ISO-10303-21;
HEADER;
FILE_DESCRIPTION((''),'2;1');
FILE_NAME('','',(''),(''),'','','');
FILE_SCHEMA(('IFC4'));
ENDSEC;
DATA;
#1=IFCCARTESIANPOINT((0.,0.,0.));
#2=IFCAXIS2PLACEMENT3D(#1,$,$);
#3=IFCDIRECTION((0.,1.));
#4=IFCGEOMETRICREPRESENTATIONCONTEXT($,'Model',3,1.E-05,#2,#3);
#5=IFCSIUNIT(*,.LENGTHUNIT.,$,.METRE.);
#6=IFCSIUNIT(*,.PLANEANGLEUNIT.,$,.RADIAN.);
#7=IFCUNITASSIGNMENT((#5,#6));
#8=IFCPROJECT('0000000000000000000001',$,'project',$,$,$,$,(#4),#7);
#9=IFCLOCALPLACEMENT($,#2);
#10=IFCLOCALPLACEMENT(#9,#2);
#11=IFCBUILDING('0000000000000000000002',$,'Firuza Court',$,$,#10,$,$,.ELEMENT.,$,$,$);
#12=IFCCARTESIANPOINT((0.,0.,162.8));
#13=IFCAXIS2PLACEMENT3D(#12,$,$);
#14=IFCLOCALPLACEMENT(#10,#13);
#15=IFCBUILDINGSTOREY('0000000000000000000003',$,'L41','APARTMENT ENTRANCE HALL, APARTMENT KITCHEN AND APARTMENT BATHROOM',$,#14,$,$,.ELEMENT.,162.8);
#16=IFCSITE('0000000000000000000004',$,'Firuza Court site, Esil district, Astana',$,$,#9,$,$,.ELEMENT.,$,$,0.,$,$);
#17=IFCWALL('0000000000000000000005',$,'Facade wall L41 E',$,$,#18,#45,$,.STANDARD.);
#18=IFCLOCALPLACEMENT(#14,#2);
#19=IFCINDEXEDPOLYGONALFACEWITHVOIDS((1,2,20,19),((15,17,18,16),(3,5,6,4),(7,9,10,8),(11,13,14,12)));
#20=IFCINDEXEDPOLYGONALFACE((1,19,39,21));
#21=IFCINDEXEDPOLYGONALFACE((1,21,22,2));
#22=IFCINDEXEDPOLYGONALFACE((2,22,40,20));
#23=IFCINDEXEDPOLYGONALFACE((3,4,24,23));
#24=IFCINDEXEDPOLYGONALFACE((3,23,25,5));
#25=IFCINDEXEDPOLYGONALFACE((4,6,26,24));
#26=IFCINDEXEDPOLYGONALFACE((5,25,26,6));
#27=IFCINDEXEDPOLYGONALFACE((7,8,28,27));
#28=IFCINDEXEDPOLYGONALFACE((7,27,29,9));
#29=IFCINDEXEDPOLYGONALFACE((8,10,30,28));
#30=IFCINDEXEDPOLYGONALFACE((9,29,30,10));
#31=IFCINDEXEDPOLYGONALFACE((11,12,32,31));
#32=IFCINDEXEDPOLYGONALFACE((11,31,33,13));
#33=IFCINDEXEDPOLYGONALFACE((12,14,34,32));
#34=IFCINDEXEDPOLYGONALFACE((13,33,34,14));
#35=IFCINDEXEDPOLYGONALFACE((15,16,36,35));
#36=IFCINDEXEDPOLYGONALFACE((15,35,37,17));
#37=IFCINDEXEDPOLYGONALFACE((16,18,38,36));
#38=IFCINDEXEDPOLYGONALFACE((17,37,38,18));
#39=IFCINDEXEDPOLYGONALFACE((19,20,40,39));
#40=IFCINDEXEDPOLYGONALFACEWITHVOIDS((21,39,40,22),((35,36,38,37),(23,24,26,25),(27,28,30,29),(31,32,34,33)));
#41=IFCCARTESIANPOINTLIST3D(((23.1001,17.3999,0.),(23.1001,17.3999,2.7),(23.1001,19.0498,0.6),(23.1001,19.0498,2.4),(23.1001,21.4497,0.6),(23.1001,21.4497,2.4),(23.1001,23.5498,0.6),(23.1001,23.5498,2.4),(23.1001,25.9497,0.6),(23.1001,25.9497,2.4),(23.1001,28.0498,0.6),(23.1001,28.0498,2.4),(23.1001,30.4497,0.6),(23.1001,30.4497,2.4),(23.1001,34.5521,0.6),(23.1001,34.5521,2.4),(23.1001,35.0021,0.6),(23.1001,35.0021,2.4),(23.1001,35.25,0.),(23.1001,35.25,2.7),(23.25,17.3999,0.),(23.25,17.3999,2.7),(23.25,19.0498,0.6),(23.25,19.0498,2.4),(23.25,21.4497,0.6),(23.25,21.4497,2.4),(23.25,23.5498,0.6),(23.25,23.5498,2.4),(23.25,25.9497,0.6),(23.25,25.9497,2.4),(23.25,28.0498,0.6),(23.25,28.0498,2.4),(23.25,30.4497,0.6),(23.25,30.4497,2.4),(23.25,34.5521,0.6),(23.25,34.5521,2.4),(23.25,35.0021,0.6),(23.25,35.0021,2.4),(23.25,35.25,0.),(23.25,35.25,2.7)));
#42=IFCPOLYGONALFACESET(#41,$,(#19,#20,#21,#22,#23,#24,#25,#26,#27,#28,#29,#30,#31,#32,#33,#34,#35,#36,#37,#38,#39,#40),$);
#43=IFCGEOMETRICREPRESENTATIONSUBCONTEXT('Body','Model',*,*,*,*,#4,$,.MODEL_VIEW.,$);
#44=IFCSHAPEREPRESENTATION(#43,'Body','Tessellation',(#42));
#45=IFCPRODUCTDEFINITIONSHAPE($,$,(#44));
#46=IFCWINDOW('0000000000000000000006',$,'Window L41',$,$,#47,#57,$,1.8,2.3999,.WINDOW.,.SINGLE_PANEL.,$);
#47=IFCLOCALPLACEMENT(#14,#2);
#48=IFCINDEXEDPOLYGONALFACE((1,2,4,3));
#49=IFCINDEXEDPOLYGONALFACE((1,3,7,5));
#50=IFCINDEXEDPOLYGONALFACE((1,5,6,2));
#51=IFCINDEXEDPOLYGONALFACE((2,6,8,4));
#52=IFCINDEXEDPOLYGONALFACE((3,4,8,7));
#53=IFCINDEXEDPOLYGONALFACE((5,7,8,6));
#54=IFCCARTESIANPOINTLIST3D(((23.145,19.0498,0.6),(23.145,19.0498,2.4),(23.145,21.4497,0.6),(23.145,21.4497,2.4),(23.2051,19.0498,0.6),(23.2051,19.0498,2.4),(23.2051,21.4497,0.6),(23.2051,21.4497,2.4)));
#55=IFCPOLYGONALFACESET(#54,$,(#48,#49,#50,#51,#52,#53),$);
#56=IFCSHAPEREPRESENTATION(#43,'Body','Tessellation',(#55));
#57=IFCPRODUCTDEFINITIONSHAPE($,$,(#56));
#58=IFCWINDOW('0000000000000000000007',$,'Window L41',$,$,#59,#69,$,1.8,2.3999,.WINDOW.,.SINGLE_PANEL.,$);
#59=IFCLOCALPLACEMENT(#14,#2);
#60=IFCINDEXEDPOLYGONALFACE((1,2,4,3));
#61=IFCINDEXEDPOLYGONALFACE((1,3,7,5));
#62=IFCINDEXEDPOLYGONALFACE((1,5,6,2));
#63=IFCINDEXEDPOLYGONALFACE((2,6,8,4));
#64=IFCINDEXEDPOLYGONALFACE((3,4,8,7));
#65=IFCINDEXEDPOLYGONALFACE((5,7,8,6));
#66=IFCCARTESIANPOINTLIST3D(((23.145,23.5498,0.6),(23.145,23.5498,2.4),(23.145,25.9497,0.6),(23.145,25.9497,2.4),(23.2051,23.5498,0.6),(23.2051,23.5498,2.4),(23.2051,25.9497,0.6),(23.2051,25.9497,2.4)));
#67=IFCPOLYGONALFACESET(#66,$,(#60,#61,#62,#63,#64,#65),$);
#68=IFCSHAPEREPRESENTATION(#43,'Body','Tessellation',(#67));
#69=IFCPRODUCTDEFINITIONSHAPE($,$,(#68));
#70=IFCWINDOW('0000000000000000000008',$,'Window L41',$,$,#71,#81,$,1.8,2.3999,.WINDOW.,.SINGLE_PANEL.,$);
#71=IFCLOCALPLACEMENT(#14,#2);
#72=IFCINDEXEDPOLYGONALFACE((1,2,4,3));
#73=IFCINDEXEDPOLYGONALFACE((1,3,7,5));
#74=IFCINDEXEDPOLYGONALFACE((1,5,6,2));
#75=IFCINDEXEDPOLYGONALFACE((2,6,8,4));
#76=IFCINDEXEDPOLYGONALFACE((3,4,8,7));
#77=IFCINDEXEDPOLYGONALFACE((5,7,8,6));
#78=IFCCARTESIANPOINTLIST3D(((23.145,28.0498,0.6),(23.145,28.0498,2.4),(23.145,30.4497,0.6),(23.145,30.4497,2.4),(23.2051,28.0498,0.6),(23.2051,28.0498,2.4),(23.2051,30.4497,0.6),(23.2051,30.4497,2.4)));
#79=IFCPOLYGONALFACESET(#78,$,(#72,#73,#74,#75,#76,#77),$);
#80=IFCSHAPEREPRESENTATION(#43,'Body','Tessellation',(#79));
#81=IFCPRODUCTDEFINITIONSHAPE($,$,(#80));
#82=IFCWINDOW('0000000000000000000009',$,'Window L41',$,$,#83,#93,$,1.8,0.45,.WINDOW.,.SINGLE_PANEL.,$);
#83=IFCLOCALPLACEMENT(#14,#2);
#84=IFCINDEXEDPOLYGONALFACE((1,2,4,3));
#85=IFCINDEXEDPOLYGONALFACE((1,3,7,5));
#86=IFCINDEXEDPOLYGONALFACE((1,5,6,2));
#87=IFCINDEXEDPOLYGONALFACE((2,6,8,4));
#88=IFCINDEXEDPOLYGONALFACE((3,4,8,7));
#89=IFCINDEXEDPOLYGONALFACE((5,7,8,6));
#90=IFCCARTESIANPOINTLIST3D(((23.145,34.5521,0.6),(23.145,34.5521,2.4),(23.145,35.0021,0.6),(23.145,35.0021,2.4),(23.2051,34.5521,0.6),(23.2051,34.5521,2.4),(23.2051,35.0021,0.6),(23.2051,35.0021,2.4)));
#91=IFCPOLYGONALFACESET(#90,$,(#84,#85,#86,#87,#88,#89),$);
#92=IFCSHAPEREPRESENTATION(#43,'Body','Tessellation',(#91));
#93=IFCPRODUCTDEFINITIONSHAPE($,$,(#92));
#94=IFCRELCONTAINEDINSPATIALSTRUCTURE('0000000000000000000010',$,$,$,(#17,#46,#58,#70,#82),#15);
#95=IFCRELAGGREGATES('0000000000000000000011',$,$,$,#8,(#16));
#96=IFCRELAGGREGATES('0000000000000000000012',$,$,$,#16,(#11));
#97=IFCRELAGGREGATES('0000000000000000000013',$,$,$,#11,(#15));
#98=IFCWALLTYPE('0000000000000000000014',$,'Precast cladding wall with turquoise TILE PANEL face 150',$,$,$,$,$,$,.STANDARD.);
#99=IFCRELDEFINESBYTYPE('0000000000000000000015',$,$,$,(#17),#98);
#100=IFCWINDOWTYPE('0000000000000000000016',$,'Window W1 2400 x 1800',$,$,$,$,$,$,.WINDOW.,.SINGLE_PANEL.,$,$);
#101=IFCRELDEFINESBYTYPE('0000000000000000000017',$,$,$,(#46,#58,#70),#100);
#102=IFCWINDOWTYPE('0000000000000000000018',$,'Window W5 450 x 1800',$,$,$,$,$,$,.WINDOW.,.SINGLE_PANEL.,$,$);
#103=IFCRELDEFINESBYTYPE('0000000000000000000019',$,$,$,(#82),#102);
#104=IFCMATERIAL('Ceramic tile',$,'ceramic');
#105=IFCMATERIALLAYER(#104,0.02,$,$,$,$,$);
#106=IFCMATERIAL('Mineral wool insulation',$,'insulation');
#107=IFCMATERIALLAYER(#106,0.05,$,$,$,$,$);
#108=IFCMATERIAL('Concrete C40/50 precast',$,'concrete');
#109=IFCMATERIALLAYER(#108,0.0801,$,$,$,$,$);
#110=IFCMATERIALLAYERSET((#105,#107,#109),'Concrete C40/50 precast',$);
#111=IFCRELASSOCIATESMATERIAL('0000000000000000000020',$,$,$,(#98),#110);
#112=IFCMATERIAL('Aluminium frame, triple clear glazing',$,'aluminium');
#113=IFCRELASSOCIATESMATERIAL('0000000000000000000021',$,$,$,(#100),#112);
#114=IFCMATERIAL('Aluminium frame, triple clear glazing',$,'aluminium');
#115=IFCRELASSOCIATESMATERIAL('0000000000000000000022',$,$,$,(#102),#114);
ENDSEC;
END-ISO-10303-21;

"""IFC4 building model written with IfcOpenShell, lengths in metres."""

from ifc_helpers import new_model, si_unit, direction, frame, frame_2d, origin, place, context, subcontext, project, spatial, rectangle, extrude, material, layer, layer_set, type_object, element, fill, save


model = new_model("IFC4")

# Units and contexts
model_context = context("Model", 3, precision=1e-05, world=origin(), true_north=direction((0.0, 1.0)))
body_context = subcontext(model_context, "Body", "Model", "MODEL_VIEW")
ifc_project = project(units=[si_unit("LENGTHUNIT", "METRE"), si_unit("PLANEANGLEUNIT", "RADIAN")], contexts=[model_context])

# Site, building, storey
site_placement = place(None, origin())
site = spatial("IfcSite", under=ifc_project, at=site_placement, Name="Firuza Court site, Esil district, Astana", CompositionType="ELEMENT", RefElevation=0.0)
building_placement = place(site_placement, origin())
building = spatial("IfcBuilding", under=site, at=building_placement, Name="Firuza Court", CompositionType="ELEMENT")
storey_placement = place(building_placement, frame((0.0, 0.0, 162.8)))
storey = spatial("IfcBuildingStorey", under=building, at=storey_placement, Name="L41", Description="APARTMENT ENTRANCE HALL, APARTMENT KITCHEN AND APARTMENT BATHROOM", CompositionType="ELEMENT", Elevation=162.8)

# Shared definitions
ifc_material_1 = material(Name="Ceramic tile", Category="ceramic")
ifc_layer_1 = layer(ifc_material_1, 0.02)
ifc_material_2 = material(Name="Mineral wool insulation", Category="insulation")
ifc_layer_2 = layer(ifc_material_2, 0.05)
ifc_material_3 = material(Name="Concrete C40/50 precast", Category="concrete")
ifc_layer_3 = layer(ifc_material_3, 0.0801)
ifc_layer_set_1 = layer_set([ifc_layer_1, ifc_layer_2, ifc_layer_3], Name="Concrete C40/50 precast")
wall_type_1 = type_object("IfcWallType", Name="Precast cladding wall with turquoise TILE PANEL face 150", PredefinedType="STANDARD", material=ifc_layer_set_1)
ifc_material_4 = material(Name="Aluminium frame, triple clear glazing", Category="aluminium")
window_type_1 = type_object("IfcWindowType", Name="Window W1 2400 x 1800", PartitioningType="SINGLE_PANEL", PredefinedType="WINDOW", material=ifc_material_4)

# Wall, openings, windows
wall_1_placement = place(storey_placement, frame((23.175, 17.3999, 0.0), z_axis=(0.0, 0.0, 1.0), x_axis=(0.0, 1.0, 0.0)))
wall_1 = element("IfcWall", 1, at=wall_1_placement, inside=storey, type_object=wall_type_1, Name="Facade wall L41 E", PredefinedType="STANDARD", context=body_context, shape_type="SweptSolid", body=[
    extrude(rectangle(XDim=17.8501, YDim=0.1499, at=frame_2d((8.925, 0.0))), origin(), (0.0, 0.0, 1.0), 2.7),
])
opening_1_placement = place(wall_1_placement, frame((1.6499, 0.0, 0.6001)))
opening_1 = element("IfcOpeningElement", 2, at=opening_1_placement, cuts=wall_1, PredefinedType="OPENING", context=body_context, shape_type="SweptSolid", body=[
    extrude(rectangle(XDim=2.3999, YDim=1.8, at=frame_2d((1.2, 0.8999))), frame((0.0, 0.0869, 0.0), z_axis=(0.0, -1.0, 0.0), x_axis=(1.0, 0.0, 0.0)), (0.0, 0.0, 1.0), 0.1738),
])
opening_2_placement = place(wall_1_placement, frame((6.1499, 0.0, 0.6001)))
opening_2 = element("IfcOpeningElement", 3, at=opening_2_placement, cuts=wall_1, PredefinedType="OPENING", context=body_context, shape_type="SweptSolid", body=[
    extrude(rectangle(XDim=2.3999, YDim=1.8, at=frame_2d((1.2, 0.8999))), frame((0.0, 0.0869, 0.0), z_axis=(0.0, -1.0, 0.0), x_axis=(1.0, 0.0, 0.0)), (0.0, 0.0, 1.0), 0.1738),
])
opening_3_placement = place(wall_1_placement, frame((10.6499, 0.0, 0.6001)))
opening_3 = element("IfcOpeningElement", 4, at=opening_3_placement, cuts=wall_1, PredefinedType="OPENING", context=body_context, shape_type="SweptSolid", body=[
    extrude(rectangle(XDim=2.3999, YDim=1.8, at=frame_2d((1.2, 0.8999))), frame((0.0, 0.0869, 0.0), z_axis=(0.0, -1.0, 0.0), x_axis=(1.0, 0.0, 0.0)), (0.0, 0.0, 1.0), 0.1738),
])
opening_4_placement = place(wall_1_placement, frame((17.1521, 0.0, 0.6001)))
opening_4 = element("IfcOpeningElement", 5, at=opening_4_placement, cuts=wall_1, PredefinedType="OPENING", context=body_context, shape_type="SweptSolid", body=[
    extrude(rectangle(XDim=0.45, YDim=1.8, at=frame_2d((0.2251, 0.8999))), frame((0.0, 0.0869, 0.0), z_axis=(0.0, -1.0, 0.0), x_axis=(1.0, 0.0, 0.0)), (0.0, 0.0, 1.0), 0.1738),
])
window_1_placement = place(opening_1_placement, origin())
window_1 = element("IfcWindow", 6, at=window_1_placement, inside=storey, type_object=window_type_1, Name="Window L41", OverallHeight=1.8, OverallWidth=2.3999, PartitioningType="SINGLE_PANEL", PredefinedType="WINDOW", context=body_context, shape_type="SweptSolid", body=[
    extrude(rectangle(XDim=2.3999, YDim=1.8, at=frame_2d((1.2, 0.8999))), frame((0.0, 0.03, 0.0), z_axis=(0.0, -1.0, 0.0), x_axis=(1.0, 0.0, 0.0)), (0.0, 0.0, 1.0), 0.0601),
])
fill(opening_1, window_1)
window_2_placement = place(opening_2_placement, origin())
window_2 = element("IfcWindow", 7, at=window_2_placement, inside=storey, type_object=window_type_1, Name="Window L41", OverallHeight=1.8, OverallWidth=2.3999, PartitioningType="SINGLE_PANEL", PredefinedType="WINDOW", context=body_context, shape_type="SweptSolid", body=[
    extrude(rectangle(XDim=2.3999, YDim=1.8, at=frame_2d((1.2, 0.8999))), frame((0.0, 0.03, 0.0), z_axis=(0.0, -1.0, 0.0), x_axis=(1.0, 0.0, 0.0)), (0.0, 0.0, 1.0), 0.0601),
])
fill(opening_2, window_2)
window_3_placement = place(opening_3_placement, origin())
window_3 = element("IfcWindow", 8, at=window_3_placement, inside=storey, type_object=window_type_1, Name="Window L41", OverallHeight=1.8, OverallWidth=2.3999, PartitioningType="SINGLE_PANEL", PredefinedType="WINDOW", context=body_context, shape_type="SweptSolid", body=[
    extrude(rectangle(XDim=2.3999, YDim=1.8, at=frame_2d((1.2, 0.8999))), frame((0.0, 0.03, 0.0), z_axis=(0.0, -1.0, 0.0), x_axis=(1.0, 0.0, 0.0)), (0.0, 0.0, 1.0), 0.0601),
])
fill(opening_3, window_3)
ifc_material_5 = material(Name="Aluminium frame, triple clear glazing", Category="aluminium")
window_type_2 = type_object("IfcWindowType", Name="Window W5 450 x 1800", PartitioningType="SINGLE_PANEL", PredefinedType="WINDOW", material=ifc_material_5)
window_4_placement = place(opening_4_placement, origin())
window_4 = element("IfcWindow", 9, at=window_4_placement, inside=storey, type_object=window_type_2, Name="Window L41", OverallHeight=1.8, OverallWidth=0.45, PartitioningType="SINGLE_PANEL", PredefinedType="WINDOW", context=body_context, shape_type="SweptSolid", body=[
    extrude(rectangle(XDim=0.45, YDim=1.8, at=frame_2d((0.2251, 0.8999))), frame((0.0, 0.03, 0.0), z_axis=(0.0, -1.0, 0.0), x_axis=(1.0, 0.0, 0.0)), (0.0, 0.0, 1.0), 0.0601),
])
fill(opening_4, window_4)

save(model, "model.ifc")
